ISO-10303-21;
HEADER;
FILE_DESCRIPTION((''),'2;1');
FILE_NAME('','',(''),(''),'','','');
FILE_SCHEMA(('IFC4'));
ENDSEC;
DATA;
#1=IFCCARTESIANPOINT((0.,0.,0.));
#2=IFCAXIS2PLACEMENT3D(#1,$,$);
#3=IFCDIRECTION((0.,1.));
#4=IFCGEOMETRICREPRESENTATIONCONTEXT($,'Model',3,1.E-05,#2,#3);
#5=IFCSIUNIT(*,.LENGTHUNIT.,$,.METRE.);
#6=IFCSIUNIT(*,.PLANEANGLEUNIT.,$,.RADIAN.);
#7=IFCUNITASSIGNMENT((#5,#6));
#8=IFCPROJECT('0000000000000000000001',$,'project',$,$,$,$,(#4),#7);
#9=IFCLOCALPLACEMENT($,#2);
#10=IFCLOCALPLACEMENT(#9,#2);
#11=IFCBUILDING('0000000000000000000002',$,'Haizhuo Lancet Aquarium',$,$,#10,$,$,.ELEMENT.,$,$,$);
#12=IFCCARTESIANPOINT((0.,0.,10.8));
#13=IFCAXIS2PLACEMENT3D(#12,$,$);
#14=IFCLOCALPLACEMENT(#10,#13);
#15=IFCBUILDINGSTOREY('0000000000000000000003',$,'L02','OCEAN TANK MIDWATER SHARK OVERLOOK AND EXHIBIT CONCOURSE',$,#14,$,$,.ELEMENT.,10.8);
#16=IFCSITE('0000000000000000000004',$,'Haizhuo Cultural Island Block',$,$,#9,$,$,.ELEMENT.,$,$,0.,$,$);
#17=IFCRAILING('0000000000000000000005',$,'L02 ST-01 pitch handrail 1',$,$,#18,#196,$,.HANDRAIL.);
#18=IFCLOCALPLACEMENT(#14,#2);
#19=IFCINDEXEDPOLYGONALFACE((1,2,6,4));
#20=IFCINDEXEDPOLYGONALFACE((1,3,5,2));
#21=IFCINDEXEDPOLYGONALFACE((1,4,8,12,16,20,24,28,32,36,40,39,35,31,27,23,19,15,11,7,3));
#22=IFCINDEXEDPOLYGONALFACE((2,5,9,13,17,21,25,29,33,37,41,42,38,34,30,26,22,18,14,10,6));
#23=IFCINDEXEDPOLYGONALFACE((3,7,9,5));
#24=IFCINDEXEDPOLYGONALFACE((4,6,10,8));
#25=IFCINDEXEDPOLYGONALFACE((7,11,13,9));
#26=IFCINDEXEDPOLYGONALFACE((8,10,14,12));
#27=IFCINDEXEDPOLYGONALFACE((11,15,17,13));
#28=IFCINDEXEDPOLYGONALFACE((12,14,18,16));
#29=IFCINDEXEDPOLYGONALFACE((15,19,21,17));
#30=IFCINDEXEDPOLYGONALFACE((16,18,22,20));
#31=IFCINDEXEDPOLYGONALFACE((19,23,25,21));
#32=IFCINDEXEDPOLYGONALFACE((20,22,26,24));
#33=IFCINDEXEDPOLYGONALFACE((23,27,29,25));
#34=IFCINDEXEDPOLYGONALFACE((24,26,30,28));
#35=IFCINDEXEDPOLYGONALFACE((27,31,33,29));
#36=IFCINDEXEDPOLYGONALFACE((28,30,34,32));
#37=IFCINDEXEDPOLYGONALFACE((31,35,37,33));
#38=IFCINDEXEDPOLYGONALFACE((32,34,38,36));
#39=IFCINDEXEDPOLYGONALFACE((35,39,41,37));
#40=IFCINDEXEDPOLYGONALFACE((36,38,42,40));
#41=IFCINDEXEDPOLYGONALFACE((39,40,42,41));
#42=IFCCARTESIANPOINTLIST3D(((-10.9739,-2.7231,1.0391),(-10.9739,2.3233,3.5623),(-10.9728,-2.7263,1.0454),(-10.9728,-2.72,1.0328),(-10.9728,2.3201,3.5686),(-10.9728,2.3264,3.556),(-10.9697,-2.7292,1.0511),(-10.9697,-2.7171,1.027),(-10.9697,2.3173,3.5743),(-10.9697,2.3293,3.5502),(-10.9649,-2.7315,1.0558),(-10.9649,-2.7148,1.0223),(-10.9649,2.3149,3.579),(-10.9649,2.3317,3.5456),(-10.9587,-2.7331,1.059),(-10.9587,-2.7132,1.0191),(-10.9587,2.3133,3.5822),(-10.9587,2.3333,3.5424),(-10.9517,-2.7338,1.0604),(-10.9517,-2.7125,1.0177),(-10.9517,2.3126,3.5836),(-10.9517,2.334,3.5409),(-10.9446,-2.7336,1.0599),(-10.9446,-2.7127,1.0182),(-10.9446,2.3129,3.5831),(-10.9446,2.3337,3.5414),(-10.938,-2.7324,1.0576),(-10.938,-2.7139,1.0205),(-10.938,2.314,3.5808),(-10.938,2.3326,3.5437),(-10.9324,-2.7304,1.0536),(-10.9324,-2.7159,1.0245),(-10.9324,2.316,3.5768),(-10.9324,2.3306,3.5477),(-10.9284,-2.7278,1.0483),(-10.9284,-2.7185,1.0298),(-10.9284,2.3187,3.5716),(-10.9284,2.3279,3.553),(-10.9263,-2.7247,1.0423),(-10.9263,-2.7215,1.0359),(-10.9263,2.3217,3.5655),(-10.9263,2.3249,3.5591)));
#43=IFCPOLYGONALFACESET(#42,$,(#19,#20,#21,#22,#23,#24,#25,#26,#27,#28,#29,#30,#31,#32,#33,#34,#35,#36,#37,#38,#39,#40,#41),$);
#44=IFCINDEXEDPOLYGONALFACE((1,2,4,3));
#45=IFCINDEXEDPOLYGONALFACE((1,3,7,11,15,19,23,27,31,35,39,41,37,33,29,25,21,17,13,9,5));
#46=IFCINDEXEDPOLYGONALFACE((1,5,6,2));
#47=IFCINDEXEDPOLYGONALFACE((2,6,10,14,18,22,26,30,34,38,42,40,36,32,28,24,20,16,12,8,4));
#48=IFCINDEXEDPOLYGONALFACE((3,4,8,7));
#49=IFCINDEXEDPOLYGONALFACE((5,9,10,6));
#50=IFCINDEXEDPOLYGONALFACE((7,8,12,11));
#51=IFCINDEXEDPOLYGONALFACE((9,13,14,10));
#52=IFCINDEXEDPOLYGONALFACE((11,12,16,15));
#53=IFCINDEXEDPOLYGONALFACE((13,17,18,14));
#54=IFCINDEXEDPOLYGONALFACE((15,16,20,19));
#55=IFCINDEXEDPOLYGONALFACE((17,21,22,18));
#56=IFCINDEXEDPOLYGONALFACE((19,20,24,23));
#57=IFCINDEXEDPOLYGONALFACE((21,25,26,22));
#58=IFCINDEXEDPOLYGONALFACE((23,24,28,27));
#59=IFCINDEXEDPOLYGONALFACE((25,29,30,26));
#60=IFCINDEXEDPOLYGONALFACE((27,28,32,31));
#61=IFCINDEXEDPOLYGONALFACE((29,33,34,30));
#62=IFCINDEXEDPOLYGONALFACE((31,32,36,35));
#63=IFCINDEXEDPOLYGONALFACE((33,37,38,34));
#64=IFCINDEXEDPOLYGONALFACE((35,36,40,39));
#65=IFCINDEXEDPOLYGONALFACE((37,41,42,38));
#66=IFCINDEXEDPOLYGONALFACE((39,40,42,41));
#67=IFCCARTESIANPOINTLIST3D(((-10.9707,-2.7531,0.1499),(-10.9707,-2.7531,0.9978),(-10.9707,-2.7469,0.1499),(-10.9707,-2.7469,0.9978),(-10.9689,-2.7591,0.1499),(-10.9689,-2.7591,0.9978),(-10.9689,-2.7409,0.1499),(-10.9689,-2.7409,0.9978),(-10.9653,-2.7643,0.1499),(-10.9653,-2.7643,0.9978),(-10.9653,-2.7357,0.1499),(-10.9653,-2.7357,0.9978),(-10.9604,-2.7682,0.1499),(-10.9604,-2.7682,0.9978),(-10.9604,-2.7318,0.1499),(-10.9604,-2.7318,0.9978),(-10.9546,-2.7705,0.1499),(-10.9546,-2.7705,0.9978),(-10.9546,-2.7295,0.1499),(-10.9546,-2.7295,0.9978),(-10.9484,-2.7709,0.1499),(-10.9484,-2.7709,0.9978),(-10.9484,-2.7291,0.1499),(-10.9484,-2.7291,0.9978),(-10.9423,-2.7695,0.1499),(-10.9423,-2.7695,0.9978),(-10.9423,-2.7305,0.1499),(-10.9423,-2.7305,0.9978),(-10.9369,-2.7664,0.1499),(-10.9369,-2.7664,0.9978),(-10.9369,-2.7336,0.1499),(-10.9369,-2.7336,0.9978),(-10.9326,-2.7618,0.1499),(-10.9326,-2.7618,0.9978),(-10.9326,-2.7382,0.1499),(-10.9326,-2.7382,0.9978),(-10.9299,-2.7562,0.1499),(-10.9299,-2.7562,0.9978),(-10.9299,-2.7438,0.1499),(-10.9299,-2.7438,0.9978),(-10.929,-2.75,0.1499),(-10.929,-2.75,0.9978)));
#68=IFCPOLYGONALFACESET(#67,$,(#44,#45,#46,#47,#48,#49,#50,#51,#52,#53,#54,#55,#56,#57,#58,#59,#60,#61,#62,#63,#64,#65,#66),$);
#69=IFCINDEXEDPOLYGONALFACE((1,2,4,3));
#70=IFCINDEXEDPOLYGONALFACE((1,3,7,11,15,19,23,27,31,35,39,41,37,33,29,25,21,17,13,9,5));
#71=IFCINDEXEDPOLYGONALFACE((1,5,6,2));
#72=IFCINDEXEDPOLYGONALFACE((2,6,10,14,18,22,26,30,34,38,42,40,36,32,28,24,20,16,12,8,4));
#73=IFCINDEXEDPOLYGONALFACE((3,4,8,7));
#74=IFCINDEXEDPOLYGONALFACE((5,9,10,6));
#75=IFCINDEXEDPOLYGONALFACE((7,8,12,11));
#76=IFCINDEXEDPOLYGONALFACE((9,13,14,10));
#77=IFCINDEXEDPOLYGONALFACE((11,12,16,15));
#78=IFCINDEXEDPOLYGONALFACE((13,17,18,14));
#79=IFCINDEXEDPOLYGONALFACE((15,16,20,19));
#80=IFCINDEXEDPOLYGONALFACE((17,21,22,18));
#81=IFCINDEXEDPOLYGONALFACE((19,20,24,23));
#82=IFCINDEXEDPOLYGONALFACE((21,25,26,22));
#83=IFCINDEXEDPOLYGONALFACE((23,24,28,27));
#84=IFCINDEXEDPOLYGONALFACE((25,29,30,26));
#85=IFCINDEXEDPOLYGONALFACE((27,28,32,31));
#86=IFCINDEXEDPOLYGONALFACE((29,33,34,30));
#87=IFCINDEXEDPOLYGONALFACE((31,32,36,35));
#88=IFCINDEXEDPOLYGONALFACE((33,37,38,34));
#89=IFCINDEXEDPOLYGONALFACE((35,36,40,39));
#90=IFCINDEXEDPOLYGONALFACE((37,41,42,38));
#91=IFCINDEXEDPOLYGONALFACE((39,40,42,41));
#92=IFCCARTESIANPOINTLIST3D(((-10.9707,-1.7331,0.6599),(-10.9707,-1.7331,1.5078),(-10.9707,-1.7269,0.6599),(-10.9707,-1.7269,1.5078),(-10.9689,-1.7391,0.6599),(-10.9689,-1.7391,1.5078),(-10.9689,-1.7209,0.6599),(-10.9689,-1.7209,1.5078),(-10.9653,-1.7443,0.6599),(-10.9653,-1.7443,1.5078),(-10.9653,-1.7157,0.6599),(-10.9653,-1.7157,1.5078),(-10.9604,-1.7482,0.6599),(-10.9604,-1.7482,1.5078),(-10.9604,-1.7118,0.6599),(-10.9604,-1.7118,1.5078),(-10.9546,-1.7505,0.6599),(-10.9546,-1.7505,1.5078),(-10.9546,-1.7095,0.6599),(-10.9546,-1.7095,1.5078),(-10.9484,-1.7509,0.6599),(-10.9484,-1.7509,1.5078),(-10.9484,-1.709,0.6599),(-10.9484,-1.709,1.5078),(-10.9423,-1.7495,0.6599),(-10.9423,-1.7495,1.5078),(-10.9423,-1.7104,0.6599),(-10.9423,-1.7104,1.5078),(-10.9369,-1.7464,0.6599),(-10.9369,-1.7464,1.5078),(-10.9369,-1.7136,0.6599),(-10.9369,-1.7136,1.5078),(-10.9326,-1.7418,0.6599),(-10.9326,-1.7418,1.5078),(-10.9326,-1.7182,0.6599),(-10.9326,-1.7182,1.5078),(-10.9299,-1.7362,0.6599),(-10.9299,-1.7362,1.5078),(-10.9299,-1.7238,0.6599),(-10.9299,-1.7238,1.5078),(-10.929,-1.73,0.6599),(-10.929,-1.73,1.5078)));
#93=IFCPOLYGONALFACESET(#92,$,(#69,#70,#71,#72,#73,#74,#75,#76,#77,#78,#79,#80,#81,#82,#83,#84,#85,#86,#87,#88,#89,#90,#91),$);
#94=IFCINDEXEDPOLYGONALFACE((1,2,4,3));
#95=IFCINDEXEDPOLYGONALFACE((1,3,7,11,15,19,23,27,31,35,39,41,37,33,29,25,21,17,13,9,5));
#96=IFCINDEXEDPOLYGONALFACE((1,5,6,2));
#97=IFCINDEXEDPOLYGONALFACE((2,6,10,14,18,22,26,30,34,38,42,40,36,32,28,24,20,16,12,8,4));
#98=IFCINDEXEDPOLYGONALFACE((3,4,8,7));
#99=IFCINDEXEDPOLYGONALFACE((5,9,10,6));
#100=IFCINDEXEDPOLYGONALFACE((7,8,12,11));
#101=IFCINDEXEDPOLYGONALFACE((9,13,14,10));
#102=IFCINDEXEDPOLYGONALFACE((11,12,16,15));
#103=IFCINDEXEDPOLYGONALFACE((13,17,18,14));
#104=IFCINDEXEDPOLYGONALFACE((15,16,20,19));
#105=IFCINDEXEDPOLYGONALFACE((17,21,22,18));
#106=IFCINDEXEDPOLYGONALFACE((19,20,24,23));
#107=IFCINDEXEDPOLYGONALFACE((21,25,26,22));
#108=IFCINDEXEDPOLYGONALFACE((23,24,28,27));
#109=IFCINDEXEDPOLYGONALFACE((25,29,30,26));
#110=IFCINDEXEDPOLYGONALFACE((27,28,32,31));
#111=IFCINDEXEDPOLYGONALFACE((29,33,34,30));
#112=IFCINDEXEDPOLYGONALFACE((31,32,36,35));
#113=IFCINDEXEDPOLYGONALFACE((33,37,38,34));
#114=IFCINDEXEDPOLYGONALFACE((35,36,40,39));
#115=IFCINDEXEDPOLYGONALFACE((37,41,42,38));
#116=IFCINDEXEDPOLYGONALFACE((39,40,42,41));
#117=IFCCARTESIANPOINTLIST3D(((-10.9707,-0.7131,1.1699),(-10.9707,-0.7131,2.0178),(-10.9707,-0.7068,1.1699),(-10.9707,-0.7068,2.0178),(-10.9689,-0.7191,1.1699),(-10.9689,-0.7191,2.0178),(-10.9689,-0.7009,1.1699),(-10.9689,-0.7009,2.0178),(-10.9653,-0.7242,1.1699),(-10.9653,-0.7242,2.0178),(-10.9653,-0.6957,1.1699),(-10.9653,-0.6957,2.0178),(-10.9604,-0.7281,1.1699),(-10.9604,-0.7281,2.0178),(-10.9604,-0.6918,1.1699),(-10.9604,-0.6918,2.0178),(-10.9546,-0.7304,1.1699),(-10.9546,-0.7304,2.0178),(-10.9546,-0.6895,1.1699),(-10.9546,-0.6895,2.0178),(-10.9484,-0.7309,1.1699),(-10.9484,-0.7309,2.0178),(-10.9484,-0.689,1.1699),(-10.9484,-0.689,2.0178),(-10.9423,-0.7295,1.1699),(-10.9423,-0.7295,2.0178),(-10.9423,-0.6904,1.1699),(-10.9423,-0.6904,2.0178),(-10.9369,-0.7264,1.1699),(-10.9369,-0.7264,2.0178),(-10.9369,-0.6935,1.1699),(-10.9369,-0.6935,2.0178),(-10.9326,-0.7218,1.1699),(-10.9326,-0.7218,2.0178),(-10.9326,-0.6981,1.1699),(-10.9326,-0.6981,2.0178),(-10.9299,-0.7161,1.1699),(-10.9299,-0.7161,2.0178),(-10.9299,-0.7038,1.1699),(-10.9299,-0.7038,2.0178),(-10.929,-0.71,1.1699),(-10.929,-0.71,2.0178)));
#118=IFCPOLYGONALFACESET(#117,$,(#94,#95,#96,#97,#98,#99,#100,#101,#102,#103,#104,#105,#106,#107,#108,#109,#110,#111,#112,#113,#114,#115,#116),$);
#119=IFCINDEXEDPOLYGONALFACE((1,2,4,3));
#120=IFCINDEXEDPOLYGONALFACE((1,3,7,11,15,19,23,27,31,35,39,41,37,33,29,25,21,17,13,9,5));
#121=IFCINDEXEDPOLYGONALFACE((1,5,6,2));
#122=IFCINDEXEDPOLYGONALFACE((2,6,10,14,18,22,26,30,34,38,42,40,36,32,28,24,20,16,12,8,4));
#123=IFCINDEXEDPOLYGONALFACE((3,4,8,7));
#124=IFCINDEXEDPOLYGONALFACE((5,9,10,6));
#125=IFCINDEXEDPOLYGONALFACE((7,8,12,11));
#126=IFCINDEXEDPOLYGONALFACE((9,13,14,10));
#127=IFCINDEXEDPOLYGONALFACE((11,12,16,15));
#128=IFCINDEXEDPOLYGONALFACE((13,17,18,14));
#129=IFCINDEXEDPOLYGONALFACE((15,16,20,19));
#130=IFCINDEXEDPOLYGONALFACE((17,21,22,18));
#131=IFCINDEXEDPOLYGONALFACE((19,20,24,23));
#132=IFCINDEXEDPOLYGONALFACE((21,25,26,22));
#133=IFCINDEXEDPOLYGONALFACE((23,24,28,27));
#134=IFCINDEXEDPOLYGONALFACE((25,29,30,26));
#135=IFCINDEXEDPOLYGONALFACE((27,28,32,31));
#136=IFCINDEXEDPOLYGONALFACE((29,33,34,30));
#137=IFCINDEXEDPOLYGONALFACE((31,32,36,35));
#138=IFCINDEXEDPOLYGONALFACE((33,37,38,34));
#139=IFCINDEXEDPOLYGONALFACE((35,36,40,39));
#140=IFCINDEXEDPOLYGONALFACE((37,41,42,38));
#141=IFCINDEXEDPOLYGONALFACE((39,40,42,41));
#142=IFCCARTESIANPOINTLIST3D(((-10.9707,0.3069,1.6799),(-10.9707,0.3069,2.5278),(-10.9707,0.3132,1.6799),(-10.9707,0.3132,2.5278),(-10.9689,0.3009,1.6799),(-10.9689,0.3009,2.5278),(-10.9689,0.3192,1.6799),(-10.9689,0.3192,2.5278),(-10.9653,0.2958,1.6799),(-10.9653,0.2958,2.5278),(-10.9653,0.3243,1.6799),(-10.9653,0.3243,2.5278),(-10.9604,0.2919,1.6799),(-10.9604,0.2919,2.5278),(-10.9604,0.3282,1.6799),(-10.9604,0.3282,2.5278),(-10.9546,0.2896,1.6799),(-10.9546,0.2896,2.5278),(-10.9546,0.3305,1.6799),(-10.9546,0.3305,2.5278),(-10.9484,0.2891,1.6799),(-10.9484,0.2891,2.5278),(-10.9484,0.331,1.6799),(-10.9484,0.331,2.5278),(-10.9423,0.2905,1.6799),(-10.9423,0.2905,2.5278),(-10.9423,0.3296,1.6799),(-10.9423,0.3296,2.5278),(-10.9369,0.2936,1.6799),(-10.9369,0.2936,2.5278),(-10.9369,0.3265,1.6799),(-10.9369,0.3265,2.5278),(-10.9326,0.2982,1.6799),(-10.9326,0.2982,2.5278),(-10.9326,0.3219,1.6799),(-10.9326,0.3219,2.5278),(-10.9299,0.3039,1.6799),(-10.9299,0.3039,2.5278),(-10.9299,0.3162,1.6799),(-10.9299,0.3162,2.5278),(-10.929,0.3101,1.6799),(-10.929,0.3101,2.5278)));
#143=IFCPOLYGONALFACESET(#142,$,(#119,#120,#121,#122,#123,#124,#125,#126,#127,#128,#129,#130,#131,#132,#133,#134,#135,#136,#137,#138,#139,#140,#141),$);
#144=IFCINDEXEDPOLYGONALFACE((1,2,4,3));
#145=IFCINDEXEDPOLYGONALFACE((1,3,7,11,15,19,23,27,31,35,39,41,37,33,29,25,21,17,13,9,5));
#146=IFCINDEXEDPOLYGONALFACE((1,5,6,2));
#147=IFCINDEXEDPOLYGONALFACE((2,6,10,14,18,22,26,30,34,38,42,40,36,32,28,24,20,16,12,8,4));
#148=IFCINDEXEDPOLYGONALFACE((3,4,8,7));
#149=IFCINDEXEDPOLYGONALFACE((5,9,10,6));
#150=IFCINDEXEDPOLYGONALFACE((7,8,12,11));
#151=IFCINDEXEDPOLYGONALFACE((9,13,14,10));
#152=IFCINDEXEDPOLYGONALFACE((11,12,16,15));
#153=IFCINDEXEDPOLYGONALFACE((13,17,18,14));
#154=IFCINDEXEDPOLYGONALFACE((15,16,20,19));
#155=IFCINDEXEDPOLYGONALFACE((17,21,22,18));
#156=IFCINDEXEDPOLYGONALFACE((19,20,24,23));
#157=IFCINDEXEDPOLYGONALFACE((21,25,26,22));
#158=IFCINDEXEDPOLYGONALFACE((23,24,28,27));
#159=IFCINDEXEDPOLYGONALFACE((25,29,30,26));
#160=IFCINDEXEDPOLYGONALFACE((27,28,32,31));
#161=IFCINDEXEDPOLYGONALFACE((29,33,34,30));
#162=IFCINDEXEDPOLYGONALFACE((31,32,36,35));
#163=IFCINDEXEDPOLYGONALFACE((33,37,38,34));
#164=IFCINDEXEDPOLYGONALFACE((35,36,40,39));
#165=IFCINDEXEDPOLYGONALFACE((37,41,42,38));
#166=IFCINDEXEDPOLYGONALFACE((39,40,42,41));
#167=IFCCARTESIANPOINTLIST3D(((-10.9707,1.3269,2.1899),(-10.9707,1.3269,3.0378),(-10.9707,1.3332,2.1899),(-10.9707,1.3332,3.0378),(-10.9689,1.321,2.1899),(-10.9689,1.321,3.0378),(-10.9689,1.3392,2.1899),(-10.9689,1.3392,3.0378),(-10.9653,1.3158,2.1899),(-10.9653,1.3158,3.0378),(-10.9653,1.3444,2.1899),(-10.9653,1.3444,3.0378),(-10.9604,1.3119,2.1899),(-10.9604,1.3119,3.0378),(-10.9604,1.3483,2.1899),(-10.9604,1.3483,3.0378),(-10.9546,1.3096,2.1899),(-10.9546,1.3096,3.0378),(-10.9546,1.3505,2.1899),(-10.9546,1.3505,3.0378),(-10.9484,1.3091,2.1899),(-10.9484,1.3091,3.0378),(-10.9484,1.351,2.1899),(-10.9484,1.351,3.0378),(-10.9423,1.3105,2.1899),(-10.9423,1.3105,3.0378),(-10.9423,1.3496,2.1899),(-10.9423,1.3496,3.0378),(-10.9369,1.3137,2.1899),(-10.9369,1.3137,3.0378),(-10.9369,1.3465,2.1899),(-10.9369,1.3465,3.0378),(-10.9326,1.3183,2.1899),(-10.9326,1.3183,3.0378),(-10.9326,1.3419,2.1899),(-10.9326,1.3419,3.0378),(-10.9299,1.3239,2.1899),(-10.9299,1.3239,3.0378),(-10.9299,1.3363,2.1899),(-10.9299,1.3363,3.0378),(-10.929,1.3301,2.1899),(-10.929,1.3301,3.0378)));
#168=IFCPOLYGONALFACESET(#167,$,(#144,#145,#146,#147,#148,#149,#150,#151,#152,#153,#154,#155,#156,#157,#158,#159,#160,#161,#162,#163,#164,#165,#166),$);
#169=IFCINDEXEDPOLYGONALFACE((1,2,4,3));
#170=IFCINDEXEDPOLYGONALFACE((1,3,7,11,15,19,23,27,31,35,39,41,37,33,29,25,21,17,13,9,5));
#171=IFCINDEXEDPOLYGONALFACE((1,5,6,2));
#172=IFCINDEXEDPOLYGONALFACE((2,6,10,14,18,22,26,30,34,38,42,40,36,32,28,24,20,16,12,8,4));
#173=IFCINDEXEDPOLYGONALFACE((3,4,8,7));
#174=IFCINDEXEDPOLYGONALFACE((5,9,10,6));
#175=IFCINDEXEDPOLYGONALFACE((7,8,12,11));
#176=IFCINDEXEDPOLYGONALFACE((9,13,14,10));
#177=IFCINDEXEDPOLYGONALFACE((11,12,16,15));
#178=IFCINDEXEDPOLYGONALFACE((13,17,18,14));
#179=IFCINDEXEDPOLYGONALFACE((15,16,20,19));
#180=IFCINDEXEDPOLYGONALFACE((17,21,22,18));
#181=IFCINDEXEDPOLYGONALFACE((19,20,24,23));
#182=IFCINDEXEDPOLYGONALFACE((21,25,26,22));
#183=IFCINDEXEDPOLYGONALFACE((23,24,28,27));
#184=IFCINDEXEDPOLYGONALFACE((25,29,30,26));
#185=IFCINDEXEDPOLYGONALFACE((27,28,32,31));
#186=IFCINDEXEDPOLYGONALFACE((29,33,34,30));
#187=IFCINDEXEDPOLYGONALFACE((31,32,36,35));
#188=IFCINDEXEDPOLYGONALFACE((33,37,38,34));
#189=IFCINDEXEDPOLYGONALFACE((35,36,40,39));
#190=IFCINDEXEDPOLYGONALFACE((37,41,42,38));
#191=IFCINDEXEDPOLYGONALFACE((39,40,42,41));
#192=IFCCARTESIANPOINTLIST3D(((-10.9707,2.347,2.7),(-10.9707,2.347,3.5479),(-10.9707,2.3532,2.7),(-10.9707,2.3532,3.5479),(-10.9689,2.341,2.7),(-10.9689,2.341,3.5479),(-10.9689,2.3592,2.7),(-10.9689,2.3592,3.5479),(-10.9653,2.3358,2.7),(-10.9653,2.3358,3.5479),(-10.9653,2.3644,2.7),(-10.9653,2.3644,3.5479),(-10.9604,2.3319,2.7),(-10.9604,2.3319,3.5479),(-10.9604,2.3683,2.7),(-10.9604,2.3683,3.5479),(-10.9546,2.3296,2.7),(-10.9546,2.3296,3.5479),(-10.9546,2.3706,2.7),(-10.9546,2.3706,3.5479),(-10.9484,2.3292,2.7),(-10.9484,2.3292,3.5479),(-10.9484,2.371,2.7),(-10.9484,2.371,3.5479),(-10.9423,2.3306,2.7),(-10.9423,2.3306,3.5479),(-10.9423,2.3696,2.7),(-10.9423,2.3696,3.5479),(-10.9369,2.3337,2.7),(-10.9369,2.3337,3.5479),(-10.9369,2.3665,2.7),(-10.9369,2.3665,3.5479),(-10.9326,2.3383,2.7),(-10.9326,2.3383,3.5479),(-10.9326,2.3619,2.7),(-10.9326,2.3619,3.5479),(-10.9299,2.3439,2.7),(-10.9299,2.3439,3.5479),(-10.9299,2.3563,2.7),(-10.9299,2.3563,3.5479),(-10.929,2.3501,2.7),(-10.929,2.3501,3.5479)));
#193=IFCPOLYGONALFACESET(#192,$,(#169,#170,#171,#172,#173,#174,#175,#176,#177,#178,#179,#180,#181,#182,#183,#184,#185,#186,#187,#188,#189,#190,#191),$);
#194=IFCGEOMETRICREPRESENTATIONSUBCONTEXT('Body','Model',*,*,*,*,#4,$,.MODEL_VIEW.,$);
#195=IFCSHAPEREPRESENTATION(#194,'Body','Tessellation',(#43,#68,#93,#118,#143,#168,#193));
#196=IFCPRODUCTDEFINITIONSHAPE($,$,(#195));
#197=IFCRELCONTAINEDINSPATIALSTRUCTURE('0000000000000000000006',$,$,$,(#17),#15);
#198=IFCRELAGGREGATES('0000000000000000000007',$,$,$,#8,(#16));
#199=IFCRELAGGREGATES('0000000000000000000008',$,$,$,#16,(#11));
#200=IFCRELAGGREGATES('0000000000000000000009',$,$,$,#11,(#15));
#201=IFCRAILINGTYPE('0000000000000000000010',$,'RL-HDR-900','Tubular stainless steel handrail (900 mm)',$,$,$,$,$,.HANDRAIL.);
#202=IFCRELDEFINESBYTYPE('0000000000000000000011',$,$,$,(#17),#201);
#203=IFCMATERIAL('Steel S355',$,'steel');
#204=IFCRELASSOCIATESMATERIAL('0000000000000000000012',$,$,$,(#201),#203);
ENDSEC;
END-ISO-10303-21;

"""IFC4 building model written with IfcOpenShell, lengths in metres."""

from ifc_helpers import new_model, si_unit, direction, frame, origin, origin_2d, place, context, subcontext, project, spatial, circle, extrude, material, type_object, element, save


model = new_model("IFC4")

# Units and contexts
model_context = context("Model", 3, precision=1e-05, world=origin(), true_north=direction((0.0, 1.0)))
body_context = subcontext(model_context, "Body", "Model", "MODEL_VIEW")
ifc_project = project(units=[si_unit("LENGTHUNIT", "METRE"), si_unit("PLANEANGLEUNIT", "RADIAN")], contexts=[model_context])

# Site, building, storey
site_placement = place(None, origin())
site = spatial("IfcSite", under=ifc_project, at=site_placement, Name="Haizhuo Cultural Island Block", CompositionType="ELEMENT", RefElevation=0.0)
building_placement = place(site_placement, origin())
building = spatial("IfcBuilding", under=site, at=building_placement, Name="Haizhuo Lancet Aquarium", CompositionType="ELEMENT")
storey_placement = place(building_placement, frame((0.0, 0.0, 10.8)))
storey = spatial("IfcBuildingStorey", under=building, at=storey_placement, Name="L02", Description="OCEAN TANK MIDWATER SHARK OVERLOOK AND EXHIBIT CONCOURSE", CompositionType="ELEMENT", Elevation=10.8)

# Shared definitions
ifc_material_1 = material(Name="Steel S355", Category="steel")

# Railing
railing_type_1 = type_object("IfcRailingType", Name="RL-HDR-900", Description="Tubular stainless steel handrail (900 mm)", PredefinedType="HANDRAIL", material=ifc_material_1)
railing_1_placement = place(storey_placement, frame((-10.95, -2.75, 0.1499)))
element("IfcRailing", 1, at=railing_1_placement, inside=storey, type_object=railing_type_1, Name="L02 ST-01 pitch handrail 1", PredefinedType="HANDRAIL", context=body_context, shape_type="SweptSolid", body=[
    extrude(circle(Radius=0.0239, at=origin_2d()), frame((0.0, 0.0269, 0.8892), z_axis=(0.0, 0.894427, 0.447214), x_axis=(-1.0, 0.0, 0.0)), (0.0, 0.0, 1.0), 5.6421),
    extrude(circle(Radius=0.021, at=origin_2d()), origin(), (0.0, 0.0, 1.0), 0.8479),
    extrude(circle(Radius=0.021, at=origin_2d()), frame((0.0, 1.02, 0.51)), (0.0, 0.0, 1.0), 0.8479),
    extrude(circle(Radius=0.021, at=origin_2d()), frame((0.0, 2.04, 1.02)), (0.0, 0.0, 1.0), 0.8479),
    extrude(circle(Radius=0.021, at=origin_2d()), frame((0.0, 3.0601, 1.53)), (0.0, 0.0, 1.0), 0.8479),
    extrude(circle(Radius=0.021, at=origin_2d()), frame((0.0, 4.0801, 2.04)), (0.0, 0.0, 1.0), 0.8479),
    extrude(circle(Radius=0.021, at=origin_2d()), frame((0.0, 5.1001, 2.55)), (0.0, 0.0, 1.0), 0.8479),
])

save(model, "model.ifc")
